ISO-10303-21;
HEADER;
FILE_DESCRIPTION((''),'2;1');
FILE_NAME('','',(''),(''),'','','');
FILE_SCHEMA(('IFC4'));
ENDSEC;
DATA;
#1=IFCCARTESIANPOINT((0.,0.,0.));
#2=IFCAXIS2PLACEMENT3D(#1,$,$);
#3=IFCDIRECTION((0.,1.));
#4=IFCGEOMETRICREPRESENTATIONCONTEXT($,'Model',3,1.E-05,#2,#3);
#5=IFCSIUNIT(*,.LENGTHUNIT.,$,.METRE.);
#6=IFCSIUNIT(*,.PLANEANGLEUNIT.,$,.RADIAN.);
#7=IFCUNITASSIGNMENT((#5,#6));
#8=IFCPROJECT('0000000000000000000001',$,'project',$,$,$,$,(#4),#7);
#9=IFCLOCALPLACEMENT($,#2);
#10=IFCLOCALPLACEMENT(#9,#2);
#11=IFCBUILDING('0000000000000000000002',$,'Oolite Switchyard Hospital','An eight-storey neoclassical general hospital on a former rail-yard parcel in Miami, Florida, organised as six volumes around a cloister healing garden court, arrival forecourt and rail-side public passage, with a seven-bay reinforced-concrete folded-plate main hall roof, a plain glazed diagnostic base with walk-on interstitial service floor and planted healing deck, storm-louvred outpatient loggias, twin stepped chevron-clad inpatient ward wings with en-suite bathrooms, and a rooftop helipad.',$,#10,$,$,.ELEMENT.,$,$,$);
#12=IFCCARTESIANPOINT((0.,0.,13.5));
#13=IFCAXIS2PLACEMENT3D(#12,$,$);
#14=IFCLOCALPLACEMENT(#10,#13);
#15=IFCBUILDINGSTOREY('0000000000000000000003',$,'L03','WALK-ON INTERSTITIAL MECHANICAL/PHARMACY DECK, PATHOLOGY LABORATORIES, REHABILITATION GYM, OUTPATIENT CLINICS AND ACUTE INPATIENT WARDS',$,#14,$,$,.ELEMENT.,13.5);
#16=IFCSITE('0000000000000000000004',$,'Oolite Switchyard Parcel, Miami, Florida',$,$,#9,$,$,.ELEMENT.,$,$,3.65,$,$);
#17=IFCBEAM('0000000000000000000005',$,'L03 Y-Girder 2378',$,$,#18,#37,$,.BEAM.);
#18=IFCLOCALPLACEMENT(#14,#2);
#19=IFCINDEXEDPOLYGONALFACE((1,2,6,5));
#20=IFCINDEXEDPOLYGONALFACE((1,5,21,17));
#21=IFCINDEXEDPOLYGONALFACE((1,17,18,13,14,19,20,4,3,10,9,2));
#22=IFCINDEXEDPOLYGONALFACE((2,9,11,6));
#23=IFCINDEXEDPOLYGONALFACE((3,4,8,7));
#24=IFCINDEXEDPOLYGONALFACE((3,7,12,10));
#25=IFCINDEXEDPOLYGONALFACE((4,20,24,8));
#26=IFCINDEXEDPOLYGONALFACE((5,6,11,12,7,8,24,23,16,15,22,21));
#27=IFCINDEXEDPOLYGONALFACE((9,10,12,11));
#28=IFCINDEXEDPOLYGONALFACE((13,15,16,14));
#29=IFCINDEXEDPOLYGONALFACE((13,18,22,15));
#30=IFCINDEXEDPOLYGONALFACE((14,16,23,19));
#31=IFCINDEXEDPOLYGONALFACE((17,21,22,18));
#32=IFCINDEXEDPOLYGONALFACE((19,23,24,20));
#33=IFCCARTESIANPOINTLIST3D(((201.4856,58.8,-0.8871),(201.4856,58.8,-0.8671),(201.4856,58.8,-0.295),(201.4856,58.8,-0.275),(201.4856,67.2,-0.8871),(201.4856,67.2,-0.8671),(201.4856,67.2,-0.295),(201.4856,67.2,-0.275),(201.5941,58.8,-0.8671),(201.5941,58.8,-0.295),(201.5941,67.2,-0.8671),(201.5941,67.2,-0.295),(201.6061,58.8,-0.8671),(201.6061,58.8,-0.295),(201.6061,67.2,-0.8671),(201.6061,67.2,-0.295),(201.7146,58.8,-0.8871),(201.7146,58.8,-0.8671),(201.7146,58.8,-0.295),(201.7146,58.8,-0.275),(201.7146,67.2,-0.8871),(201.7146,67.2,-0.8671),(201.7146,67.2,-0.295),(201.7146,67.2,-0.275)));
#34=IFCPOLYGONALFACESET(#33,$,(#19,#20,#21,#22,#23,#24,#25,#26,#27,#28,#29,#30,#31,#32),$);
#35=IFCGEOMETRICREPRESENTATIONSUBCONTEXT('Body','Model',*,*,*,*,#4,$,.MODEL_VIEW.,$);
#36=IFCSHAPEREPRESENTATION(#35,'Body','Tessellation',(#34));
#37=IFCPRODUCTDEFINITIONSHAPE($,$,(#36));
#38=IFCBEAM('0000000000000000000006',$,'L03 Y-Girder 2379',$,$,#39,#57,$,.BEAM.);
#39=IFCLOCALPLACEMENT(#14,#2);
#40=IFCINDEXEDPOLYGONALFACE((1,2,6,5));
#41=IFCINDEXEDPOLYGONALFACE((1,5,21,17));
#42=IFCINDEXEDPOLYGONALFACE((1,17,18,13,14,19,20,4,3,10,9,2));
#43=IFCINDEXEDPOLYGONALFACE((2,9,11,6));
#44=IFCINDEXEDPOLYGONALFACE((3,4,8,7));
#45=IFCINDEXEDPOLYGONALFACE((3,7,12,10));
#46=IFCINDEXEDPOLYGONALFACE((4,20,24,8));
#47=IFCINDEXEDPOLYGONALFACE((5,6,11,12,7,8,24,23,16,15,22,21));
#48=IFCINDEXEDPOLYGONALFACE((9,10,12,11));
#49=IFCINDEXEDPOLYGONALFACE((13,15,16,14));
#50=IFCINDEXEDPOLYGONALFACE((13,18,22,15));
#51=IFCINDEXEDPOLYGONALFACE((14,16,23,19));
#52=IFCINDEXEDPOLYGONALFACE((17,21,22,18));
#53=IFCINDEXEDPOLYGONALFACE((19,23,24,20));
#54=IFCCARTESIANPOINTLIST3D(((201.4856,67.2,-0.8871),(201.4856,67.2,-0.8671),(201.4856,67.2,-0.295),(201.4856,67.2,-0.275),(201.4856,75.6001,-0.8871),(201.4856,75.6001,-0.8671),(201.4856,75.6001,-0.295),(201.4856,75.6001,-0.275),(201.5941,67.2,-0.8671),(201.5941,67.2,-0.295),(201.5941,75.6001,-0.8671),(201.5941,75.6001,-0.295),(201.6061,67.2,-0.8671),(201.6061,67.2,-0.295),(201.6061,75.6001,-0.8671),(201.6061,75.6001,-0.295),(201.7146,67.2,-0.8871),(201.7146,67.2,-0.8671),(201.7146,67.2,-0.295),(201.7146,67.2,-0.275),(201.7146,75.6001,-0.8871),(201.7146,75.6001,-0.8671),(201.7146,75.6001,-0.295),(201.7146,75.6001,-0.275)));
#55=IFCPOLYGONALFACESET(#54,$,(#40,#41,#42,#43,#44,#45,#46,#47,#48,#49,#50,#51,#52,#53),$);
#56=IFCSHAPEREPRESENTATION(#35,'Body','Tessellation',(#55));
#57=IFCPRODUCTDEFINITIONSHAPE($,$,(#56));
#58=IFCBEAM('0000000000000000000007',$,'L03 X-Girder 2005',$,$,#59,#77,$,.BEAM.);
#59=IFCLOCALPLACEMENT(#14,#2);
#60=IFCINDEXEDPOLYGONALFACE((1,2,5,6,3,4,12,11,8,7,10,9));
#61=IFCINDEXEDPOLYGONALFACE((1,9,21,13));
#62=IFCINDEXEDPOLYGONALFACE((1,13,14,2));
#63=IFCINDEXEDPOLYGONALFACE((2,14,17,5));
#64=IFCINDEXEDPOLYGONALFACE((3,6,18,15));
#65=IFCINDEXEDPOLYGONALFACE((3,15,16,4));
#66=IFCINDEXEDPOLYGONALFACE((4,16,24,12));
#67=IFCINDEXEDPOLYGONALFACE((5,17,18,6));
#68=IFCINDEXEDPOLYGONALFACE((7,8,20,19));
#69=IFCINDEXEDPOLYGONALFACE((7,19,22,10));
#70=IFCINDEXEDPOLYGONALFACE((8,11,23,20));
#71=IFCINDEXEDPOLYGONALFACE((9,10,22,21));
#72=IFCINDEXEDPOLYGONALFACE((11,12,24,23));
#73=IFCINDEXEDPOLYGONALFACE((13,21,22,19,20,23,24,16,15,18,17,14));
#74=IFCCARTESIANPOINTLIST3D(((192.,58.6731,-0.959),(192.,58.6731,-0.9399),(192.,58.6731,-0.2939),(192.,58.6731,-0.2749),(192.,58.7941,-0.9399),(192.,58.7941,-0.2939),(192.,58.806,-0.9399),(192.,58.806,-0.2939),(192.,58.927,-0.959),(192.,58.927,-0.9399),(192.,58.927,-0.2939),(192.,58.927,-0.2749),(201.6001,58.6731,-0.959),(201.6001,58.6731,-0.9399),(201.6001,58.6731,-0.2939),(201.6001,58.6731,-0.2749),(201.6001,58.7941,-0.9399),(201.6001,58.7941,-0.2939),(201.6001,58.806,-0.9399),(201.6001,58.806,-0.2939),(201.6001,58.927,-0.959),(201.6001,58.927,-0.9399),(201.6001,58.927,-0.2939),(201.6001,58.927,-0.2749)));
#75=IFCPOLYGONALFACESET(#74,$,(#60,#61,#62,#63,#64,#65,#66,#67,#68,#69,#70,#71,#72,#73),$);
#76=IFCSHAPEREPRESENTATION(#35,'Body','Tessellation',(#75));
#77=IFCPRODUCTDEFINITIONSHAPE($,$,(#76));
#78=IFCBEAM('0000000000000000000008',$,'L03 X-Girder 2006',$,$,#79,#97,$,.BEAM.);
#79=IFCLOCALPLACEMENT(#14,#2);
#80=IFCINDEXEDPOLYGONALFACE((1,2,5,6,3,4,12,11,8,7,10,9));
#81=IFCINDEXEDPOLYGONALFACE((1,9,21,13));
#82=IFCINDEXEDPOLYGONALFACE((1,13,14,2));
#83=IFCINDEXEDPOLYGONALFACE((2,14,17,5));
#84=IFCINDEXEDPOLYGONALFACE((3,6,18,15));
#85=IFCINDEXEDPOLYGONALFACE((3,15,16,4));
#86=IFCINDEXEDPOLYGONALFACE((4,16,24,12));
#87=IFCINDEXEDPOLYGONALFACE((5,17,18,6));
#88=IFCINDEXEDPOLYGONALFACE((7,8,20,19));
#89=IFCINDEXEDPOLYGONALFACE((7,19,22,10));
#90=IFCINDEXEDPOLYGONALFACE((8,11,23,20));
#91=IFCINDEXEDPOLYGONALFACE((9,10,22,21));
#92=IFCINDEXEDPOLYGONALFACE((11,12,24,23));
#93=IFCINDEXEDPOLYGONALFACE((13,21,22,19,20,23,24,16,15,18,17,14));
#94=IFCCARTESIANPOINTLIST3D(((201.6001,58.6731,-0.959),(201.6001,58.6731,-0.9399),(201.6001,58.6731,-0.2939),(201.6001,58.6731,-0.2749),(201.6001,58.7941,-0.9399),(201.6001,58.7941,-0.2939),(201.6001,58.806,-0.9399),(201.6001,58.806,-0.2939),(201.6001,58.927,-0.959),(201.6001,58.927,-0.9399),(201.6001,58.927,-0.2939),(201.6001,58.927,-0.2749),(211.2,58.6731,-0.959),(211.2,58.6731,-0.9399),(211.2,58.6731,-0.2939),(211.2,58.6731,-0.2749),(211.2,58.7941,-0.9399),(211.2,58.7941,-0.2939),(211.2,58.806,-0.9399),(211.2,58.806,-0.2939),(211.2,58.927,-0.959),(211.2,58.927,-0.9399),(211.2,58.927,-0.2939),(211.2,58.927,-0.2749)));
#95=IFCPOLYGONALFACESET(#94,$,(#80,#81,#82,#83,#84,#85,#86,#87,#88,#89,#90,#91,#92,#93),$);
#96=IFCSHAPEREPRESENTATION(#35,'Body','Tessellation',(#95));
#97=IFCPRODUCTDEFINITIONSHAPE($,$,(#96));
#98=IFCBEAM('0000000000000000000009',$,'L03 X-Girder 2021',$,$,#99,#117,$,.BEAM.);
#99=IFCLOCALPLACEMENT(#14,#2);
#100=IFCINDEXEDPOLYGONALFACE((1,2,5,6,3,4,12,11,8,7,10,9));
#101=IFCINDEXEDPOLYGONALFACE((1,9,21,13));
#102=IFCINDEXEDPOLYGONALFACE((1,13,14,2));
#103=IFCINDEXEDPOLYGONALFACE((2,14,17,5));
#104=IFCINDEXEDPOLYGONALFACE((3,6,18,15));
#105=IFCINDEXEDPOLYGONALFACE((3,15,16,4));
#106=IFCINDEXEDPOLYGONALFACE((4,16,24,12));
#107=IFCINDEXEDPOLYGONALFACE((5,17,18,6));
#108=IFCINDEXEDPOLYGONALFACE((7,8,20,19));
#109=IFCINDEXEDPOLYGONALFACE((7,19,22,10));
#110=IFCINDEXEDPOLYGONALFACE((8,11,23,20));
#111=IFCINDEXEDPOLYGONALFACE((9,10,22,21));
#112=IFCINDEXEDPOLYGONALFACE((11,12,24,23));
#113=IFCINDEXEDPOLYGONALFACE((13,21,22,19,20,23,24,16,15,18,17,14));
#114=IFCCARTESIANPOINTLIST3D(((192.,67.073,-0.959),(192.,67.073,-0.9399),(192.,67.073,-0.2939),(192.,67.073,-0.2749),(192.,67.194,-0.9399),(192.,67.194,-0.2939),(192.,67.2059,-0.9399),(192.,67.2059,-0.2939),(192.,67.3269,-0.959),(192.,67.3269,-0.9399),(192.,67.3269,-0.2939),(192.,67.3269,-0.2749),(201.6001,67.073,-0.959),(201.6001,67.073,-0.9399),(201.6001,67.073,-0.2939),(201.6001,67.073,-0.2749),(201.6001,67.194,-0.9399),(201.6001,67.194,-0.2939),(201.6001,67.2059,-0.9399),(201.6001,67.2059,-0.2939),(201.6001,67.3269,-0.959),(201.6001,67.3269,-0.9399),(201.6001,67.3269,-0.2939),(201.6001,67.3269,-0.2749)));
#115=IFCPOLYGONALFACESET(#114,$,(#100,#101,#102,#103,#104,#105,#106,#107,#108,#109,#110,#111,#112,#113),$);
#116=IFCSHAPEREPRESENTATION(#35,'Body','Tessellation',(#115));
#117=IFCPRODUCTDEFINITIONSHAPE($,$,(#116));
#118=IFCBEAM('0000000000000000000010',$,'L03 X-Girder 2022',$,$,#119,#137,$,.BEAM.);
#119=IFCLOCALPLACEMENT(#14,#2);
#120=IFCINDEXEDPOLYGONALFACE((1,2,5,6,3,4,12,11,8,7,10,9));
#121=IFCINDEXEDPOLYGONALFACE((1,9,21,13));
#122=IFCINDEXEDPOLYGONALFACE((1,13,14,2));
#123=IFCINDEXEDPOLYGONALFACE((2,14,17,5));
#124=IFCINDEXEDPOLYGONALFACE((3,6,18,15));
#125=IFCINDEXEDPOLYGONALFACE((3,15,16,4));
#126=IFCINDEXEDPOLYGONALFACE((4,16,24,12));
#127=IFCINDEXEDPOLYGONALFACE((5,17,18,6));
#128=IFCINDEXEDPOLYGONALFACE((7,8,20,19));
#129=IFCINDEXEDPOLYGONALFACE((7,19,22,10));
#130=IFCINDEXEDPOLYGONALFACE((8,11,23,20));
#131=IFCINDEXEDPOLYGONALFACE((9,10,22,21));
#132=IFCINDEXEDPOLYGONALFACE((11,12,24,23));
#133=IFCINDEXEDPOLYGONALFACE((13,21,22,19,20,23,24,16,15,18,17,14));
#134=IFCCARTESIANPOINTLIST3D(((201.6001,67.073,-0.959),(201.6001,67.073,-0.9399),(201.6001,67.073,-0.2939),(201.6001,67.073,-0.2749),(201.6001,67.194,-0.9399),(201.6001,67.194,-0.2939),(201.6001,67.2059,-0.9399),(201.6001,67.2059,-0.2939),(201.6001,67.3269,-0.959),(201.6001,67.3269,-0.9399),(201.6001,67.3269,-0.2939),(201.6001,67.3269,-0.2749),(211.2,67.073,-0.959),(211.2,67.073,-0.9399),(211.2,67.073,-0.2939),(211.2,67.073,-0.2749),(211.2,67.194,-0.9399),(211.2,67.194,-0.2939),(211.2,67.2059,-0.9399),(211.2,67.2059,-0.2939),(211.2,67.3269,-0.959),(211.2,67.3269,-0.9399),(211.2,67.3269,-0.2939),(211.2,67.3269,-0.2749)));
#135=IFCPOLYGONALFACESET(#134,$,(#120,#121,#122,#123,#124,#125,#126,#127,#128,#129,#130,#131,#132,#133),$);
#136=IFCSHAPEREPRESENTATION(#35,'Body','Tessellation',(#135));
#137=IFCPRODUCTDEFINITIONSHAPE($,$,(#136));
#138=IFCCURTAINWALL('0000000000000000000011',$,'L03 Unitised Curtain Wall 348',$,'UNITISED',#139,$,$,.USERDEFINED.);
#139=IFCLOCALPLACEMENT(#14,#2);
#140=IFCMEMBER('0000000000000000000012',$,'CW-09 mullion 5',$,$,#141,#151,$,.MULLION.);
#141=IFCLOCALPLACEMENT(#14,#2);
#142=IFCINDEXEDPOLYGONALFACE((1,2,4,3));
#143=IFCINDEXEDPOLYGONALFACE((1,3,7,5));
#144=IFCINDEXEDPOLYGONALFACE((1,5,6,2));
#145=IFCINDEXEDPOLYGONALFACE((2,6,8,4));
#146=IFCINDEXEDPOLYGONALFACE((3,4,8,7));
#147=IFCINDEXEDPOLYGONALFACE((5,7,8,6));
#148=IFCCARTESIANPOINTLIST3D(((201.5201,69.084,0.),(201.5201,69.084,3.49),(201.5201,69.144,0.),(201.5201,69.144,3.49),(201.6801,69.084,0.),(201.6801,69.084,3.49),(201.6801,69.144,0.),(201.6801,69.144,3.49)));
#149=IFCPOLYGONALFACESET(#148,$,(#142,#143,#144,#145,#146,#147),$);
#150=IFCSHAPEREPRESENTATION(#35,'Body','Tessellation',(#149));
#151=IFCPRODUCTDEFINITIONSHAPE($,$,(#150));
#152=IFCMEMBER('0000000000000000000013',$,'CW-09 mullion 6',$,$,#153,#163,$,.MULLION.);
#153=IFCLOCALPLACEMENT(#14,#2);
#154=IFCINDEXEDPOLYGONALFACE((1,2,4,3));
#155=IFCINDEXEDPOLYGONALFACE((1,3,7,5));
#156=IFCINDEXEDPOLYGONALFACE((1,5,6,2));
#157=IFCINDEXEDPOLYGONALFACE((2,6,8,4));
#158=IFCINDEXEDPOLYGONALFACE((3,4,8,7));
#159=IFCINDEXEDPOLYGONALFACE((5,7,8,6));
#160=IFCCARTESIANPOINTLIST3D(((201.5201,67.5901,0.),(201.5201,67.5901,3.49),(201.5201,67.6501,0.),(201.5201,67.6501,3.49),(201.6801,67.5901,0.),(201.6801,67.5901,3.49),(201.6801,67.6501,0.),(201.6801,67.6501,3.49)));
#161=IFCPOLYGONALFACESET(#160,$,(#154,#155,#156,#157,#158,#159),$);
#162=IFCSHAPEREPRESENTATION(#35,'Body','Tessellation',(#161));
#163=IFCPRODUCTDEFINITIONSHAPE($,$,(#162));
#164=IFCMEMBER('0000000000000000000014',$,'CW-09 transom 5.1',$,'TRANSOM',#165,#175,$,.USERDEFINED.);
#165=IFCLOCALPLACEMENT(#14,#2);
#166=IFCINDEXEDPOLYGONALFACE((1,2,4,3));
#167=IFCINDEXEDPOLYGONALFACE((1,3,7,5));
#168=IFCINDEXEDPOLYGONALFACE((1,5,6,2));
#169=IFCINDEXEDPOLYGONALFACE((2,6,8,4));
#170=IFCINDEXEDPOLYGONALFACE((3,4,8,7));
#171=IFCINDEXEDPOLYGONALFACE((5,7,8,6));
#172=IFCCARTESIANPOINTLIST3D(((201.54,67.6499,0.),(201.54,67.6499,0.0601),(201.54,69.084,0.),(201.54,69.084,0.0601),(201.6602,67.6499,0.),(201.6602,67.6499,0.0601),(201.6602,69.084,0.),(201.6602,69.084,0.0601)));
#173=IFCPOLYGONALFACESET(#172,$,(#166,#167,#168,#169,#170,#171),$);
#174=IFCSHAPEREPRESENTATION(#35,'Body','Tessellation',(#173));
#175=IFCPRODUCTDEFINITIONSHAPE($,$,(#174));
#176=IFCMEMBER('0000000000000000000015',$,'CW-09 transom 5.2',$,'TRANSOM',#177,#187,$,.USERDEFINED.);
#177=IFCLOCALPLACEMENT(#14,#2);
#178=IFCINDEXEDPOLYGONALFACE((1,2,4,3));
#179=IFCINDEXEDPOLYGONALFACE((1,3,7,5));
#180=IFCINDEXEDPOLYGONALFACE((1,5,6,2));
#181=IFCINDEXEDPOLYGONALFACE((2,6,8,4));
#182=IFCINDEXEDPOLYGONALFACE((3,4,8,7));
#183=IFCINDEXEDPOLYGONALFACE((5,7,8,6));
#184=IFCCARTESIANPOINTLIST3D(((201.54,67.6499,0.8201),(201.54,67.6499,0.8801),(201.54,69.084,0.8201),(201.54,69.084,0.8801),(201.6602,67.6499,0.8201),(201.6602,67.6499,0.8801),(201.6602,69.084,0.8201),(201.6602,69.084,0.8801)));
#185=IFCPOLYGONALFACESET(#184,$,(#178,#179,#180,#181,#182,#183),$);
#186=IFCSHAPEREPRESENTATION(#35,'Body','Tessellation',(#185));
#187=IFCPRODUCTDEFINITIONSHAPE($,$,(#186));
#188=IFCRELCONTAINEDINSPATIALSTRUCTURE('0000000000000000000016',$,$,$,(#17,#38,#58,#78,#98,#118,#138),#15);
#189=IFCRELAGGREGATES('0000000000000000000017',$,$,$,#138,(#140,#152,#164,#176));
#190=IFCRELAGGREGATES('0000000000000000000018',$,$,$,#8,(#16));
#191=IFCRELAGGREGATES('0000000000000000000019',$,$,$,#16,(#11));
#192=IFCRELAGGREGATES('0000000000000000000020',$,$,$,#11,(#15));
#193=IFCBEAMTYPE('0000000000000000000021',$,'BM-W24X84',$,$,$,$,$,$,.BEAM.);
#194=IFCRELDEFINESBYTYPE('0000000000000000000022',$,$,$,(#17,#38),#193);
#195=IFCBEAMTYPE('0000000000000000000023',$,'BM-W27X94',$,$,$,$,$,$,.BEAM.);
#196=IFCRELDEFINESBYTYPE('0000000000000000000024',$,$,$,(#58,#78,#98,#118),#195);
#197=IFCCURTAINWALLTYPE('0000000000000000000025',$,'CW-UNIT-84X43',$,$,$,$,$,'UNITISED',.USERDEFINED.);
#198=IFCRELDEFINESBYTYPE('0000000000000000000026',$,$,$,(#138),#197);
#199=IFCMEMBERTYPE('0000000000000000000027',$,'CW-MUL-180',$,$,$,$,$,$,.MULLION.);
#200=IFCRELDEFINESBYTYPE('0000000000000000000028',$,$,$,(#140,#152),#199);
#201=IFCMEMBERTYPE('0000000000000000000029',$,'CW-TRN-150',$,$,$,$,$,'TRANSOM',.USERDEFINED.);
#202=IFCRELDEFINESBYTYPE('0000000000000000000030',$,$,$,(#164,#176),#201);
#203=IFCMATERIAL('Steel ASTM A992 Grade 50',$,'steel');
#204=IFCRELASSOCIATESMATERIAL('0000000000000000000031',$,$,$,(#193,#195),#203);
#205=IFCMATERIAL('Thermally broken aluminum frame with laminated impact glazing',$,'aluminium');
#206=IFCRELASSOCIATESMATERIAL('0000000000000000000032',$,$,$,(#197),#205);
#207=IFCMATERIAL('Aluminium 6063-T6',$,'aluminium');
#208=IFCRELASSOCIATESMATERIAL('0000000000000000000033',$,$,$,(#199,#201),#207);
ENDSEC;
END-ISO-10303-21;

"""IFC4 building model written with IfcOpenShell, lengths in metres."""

from ifc_helpers import new_model, si_unit, direction, frame, origin, origin_2d, place, context, subcontext, project, spatial, rectangle, i_section, extrude, material, material_profile, profile_set, type_object, element, aggregate, save


model = new_model("IFC4")

# Units and contexts
model_context = context("Model", 3, precision=1e-05, world=origin(), true_north=direction((0.0, 1.0)))
body_context = subcontext(model_context, "Body", "Model", "MODEL_VIEW")
ifc_project = project(units=[si_unit("LENGTHUNIT", "METRE"), si_unit("PLANEANGLEUNIT", "RADIAN")], contexts=[model_context])

# Site, building, storey
site_placement = place(None, origin())
site = spatial("IfcSite", under=ifc_project, at=site_placement, Name="Oolite Switchyard Parcel, Miami, Florida", CompositionType="ELEMENT", RefElevation=3.65)
building_placement = place(site_placement, origin())
building = spatial("IfcBuilding", under=site, at=building_placement, Name="Oolite Switchyard Hospital", Description="An eight-storey neoclassical general hospital on a former rail-yard parcel in Miami, Florida, organised as six volumes around a cloister healing garden court, arrival forecourt and rail-side public passage, with a seven-bay reinforced-concrete folded-plate main hall roof, a plain glazed diagnostic base with walk-on interstitial service floor and planted healing deck, storm-louvred outpatient loggias, twin stepped chevron-clad inpatient ward wings with en-suite bathrooms, and a rooftop helipad.", CompositionType="ELEMENT")
storey_placement = place(building_placement, frame((0.0, 0.0, 13.5)))
storey = spatial("IfcBuildingStorey", under=building, at=storey_placement, Name="L03", Description="WALK-ON INTERSTITIAL MECHANICAL/PHARMACY DECK, PATHOLOGY LABORATORIES, REHABILITATION GYM, OUTPATIENT CLINICS AND ACUTE INPATIENT WARDS", CompositionType="ELEMENT", Elevation=13.5)

# Beams
ifc_material_1 = material(Name="Steel ASTM A992 Grade 50", Category="steel")
ifc_material_profile_1 = material_profile(ifc_material_1, i_section(OverallWidth=0.229, OverallDepth=0.6121, WebThickness=0.012, FlangeThickness=0.02, at=origin_2d()), Name="W24X84")
ifc_profile_set_1 = profile_set([ifc_material_profile_1], Name="Steel ASTM A992 Grade 50")
beam_type_1 = type_object("IfcBeamType", Name="BM-W24X84", PredefinedType="BEAM", material=ifc_profile_set_1)
beam_1_placement = place(storey_placement, frame((201.6001, 58.8, -0.5811), z_axis=(0.0, 1.0, 0.0), x_axis=(-1.0, 0.0, 0.0)))
element("IfcBeam", 1, at=beam_1_placement, inside=storey, type_object=beam_type_1, Name="L03 Y-Girder 2378", PredefinedType="BEAM", context=body_context, shape_type="SweptSolid", body=[
    extrude(i_section(OverallWidth=0.229, OverallDepth=0.6121, WebThickness=0.012, FlangeThickness=0.02, at=origin_2d()), origin(), (0.0, 0.0, 1.0), 8.3999),
])
beam_2_placement = place(storey_placement, frame((201.6001, 67.2, -0.5811), z_axis=(0.0, 1.0, 0.0), x_axis=(-1.0, 0.0, 0.0)))
element("IfcBeam", 2, at=beam_2_placement, inside=storey, type_object=beam_type_1, Name="L03 Y-Girder 2379", PredefinedType="BEAM", context=body_context, shape_type="SweptSolid", body=[
    extrude(i_section(OverallWidth=0.229, OverallDepth=0.6121, WebThickness=0.012, FlangeThickness=0.02, at=origin_2d()), origin(), (0.0, 0.0, 1.0), 8.4001),
])
ifc_material_profile_2 = material_profile(ifc_material_1, i_section(OverallWidth=0.2539, OverallDepth=0.6841, WebThickness=0.012, FlangeThickness=0.019, at=origin_2d()), Name="W27X94")
ifc_profile_set_2 = profile_set([ifc_material_profile_2], Name="Steel ASTM A992 Grade 50")
beam_type_2 = type_object("IfcBeamType", Name="BM-W27X94", PredefinedType="BEAM", material=ifc_profile_set_2)
beam_3_placement = place(storey_placement, frame((192.0, 58.8, -0.6169), z_axis=(1.0, 0.0, 0.0), x_axis=(0.0, 1.0, 0.0)))
element("IfcBeam", 3, at=beam_3_placement, inside=storey, type_object=beam_type_2, Name="L03 X-Girder 2005", PredefinedType="BEAM", context=body_context, shape_type="SweptSolid", body=[
    extrude(i_section(OverallWidth=0.2539, OverallDepth=0.6841, WebThickness=0.012, FlangeThickness=0.019, at=origin_2d()), origin(), (0.0, 0.0, 1.0), 9.6001),
])
beam_4_placement = place(storey_placement, frame((201.6001, 58.8, -0.6169), z_axis=(1.0, 0.0, 0.0), x_axis=(0.0, 1.0, 0.0)))
element("IfcBeam", 4, at=beam_4_placement, inside=storey, type_object=beam_type_2, Name="L03 X-Girder 2006", PredefinedType="BEAM", context=body_context, shape_type="SweptSolid", body=[
    extrude(i_section(OverallWidth=0.2539, OverallDepth=0.6841, WebThickness=0.012, FlangeThickness=0.019, at=origin_2d()), origin(), (0.0, 0.0, 1.0), 9.5999),
])
beam_5_placement = place(storey_placement, frame((192.0, 67.2, -0.6169), z_axis=(1.0, 0.0, 0.0), x_axis=(0.0, 1.0, 0.0)))
element("IfcBeam", 5, at=beam_5_placement, inside=storey, type_object=beam_type_2, Name="L03 X-Girder 2021", PredefinedType="BEAM", context=body_context, shape_type="SweptSolid", body=[
    extrude(i_section(OverallWidth=0.2539, OverallDepth=0.6841, WebThickness=0.012, FlangeThickness=0.019, at=origin_2d()), origin(), (0.0, 0.0, 1.0), 9.6001),
])
beam_6_placement = place(storey_placement, frame((201.6001, 67.2, -0.6169), z_axis=(1.0, 0.0, 0.0), x_axis=(0.0, 1.0, 0.0)))
element("IfcBeam", 6, at=beam_6_placement, inside=storey, type_object=beam_type_2, Name="L03 X-Girder 2022", PredefinedType="BEAM", context=body_context, shape_type="SweptSolid", body=[
    extrude(i_section(OverallWidth=0.2539, OverallDepth=0.6841, WebThickness=0.012, FlangeThickness=0.019, at=origin_2d()), origin(), (0.0, 0.0, 1.0), 9.5999),
])

# Curtain wall, members
ifc_material_2 = material(Name="Thermally broken aluminum frame with laminated impact glazing", Category="aluminium")
curtain_wall_type = type_object("IfcCurtainWallType", Name="CW-UNIT-84X43", ElementType="UNITISED", PredefinedType="USERDEFINED", material=ifc_material_2)
curtain_wall_placement = place(storey_placement, origin())
curtain_wall = element("IfcCurtainWall", 7, at=curtain_wall_placement, inside=storey, type_object=curtain_wall_type, Name="L03 Unitised Curtain Wall 348", ObjectType="UNITISED", PredefinedType="USERDEFINED")
ifc_material_3 = material(Name="Aluminium 6063-T6", Category="aluminium")
ifc_material_profile_3 = material_profile(ifc_material_3, rectangle(XDim=0.1599, YDim=0.0601, at=origin_2d()), Name="CWM60X160")
ifc_profile_set_3 = profile_set([ifc_material_profile_3], Name="Aluminium 6063-T6")
member_type_1 = type_object("IfcMemberType", Name="CW-MUL-180", PredefinedType="MULLION", material=ifc_profile_set_3)
member_1_placement = place(storey_placement, frame((201.6001, 69.114, 0.0), z_axis=(0.0, 0.0, 1.0), x_axis=(1.0, 0.0, 0.0)))
member_1 = element("IfcMember", 8, at=member_1_placement, type_object=member_type_1, Name="CW-09 mullion 5", PredefinedType="MULLION", context=body_context, shape_type="SweptSolid", body=[
    extrude(rectangle(XDim=0.1599, YDim=0.0601, at=origin_2d()), origin(), (0.0, 0.0, 1.0), 3.49),
])
member_2_placement = place(storey_placement, frame((201.6001, 67.6201, 0.0), z_axis=(0.0, 0.0, 1.0), x_axis=(1.0, 0.0, 0.0)))
member_2 = element("IfcMember", 9, at=member_2_placement, type_object=member_type_1, Name="CW-09 mullion 6", PredefinedType="MULLION", context=body_context, shape_type="SweptSolid", body=[
    extrude(rectangle(XDim=0.1599, YDim=0.0601, at=origin_2d()), origin(), (0.0, 0.0, 1.0), 3.49),
])
ifc_material_profile_4 = material_profile(ifc_material_3, rectangle(XDim=0.1201, YDim=0.0601, at=origin_2d()), Name="CWT60X120")
ifc_profile_set_4 = profile_set([ifc_material_profile_4], Name="Aluminium 6063-T6")
member_type_2 = type_object("IfcMemberType", Name="CW-TRN-150", ElementType="TRANSOM", PredefinedType="USERDEFINED", material=ifc_profile_set_4)
member_3_placement = place(storey_placement, frame((201.6001, 69.084, 0.03), z_axis=(0.0, -1.0, 0.0), x_axis=(1.0, 0.0, 0.0)))
member_3 = element("IfcMember", 10, at=member_3_placement, type_object=member_type_2, Name="CW-09 transom 5.1", ObjectType="TRANSOM", PredefinedType="USERDEFINED", context=body_context, shape_type="SweptSolid", body=[
    extrude(rectangle(XDim=0.1201, YDim=0.0601, at=origin_2d()), origin(), (0.0, 0.0, 1.0), 1.4341),
])
member_4_placement = place(storey_placement, frame((201.6001, 69.084, 0.8501), z_axis=(0.0, -1.0, 0.0), x_axis=(1.0, 0.0, 0.0)))
member_4 = element("IfcMember", 11, at=member_4_placement, type_object=member_type_2, Name="CW-09 transom 5.2", ObjectType="TRANSOM", PredefinedType="USERDEFINED", context=body_context, shape_type="SweptSolid", body=[
    extrude(rectangle(XDim=0.1201, YDim=0.0601, at=origin_2d()), origin(), (0.0, 0.0, 1.0), 1.4341),
])
aggregate(curtain_wall, [member_1, member_2, member_3, member_4])

save(model, "model.ifc")
